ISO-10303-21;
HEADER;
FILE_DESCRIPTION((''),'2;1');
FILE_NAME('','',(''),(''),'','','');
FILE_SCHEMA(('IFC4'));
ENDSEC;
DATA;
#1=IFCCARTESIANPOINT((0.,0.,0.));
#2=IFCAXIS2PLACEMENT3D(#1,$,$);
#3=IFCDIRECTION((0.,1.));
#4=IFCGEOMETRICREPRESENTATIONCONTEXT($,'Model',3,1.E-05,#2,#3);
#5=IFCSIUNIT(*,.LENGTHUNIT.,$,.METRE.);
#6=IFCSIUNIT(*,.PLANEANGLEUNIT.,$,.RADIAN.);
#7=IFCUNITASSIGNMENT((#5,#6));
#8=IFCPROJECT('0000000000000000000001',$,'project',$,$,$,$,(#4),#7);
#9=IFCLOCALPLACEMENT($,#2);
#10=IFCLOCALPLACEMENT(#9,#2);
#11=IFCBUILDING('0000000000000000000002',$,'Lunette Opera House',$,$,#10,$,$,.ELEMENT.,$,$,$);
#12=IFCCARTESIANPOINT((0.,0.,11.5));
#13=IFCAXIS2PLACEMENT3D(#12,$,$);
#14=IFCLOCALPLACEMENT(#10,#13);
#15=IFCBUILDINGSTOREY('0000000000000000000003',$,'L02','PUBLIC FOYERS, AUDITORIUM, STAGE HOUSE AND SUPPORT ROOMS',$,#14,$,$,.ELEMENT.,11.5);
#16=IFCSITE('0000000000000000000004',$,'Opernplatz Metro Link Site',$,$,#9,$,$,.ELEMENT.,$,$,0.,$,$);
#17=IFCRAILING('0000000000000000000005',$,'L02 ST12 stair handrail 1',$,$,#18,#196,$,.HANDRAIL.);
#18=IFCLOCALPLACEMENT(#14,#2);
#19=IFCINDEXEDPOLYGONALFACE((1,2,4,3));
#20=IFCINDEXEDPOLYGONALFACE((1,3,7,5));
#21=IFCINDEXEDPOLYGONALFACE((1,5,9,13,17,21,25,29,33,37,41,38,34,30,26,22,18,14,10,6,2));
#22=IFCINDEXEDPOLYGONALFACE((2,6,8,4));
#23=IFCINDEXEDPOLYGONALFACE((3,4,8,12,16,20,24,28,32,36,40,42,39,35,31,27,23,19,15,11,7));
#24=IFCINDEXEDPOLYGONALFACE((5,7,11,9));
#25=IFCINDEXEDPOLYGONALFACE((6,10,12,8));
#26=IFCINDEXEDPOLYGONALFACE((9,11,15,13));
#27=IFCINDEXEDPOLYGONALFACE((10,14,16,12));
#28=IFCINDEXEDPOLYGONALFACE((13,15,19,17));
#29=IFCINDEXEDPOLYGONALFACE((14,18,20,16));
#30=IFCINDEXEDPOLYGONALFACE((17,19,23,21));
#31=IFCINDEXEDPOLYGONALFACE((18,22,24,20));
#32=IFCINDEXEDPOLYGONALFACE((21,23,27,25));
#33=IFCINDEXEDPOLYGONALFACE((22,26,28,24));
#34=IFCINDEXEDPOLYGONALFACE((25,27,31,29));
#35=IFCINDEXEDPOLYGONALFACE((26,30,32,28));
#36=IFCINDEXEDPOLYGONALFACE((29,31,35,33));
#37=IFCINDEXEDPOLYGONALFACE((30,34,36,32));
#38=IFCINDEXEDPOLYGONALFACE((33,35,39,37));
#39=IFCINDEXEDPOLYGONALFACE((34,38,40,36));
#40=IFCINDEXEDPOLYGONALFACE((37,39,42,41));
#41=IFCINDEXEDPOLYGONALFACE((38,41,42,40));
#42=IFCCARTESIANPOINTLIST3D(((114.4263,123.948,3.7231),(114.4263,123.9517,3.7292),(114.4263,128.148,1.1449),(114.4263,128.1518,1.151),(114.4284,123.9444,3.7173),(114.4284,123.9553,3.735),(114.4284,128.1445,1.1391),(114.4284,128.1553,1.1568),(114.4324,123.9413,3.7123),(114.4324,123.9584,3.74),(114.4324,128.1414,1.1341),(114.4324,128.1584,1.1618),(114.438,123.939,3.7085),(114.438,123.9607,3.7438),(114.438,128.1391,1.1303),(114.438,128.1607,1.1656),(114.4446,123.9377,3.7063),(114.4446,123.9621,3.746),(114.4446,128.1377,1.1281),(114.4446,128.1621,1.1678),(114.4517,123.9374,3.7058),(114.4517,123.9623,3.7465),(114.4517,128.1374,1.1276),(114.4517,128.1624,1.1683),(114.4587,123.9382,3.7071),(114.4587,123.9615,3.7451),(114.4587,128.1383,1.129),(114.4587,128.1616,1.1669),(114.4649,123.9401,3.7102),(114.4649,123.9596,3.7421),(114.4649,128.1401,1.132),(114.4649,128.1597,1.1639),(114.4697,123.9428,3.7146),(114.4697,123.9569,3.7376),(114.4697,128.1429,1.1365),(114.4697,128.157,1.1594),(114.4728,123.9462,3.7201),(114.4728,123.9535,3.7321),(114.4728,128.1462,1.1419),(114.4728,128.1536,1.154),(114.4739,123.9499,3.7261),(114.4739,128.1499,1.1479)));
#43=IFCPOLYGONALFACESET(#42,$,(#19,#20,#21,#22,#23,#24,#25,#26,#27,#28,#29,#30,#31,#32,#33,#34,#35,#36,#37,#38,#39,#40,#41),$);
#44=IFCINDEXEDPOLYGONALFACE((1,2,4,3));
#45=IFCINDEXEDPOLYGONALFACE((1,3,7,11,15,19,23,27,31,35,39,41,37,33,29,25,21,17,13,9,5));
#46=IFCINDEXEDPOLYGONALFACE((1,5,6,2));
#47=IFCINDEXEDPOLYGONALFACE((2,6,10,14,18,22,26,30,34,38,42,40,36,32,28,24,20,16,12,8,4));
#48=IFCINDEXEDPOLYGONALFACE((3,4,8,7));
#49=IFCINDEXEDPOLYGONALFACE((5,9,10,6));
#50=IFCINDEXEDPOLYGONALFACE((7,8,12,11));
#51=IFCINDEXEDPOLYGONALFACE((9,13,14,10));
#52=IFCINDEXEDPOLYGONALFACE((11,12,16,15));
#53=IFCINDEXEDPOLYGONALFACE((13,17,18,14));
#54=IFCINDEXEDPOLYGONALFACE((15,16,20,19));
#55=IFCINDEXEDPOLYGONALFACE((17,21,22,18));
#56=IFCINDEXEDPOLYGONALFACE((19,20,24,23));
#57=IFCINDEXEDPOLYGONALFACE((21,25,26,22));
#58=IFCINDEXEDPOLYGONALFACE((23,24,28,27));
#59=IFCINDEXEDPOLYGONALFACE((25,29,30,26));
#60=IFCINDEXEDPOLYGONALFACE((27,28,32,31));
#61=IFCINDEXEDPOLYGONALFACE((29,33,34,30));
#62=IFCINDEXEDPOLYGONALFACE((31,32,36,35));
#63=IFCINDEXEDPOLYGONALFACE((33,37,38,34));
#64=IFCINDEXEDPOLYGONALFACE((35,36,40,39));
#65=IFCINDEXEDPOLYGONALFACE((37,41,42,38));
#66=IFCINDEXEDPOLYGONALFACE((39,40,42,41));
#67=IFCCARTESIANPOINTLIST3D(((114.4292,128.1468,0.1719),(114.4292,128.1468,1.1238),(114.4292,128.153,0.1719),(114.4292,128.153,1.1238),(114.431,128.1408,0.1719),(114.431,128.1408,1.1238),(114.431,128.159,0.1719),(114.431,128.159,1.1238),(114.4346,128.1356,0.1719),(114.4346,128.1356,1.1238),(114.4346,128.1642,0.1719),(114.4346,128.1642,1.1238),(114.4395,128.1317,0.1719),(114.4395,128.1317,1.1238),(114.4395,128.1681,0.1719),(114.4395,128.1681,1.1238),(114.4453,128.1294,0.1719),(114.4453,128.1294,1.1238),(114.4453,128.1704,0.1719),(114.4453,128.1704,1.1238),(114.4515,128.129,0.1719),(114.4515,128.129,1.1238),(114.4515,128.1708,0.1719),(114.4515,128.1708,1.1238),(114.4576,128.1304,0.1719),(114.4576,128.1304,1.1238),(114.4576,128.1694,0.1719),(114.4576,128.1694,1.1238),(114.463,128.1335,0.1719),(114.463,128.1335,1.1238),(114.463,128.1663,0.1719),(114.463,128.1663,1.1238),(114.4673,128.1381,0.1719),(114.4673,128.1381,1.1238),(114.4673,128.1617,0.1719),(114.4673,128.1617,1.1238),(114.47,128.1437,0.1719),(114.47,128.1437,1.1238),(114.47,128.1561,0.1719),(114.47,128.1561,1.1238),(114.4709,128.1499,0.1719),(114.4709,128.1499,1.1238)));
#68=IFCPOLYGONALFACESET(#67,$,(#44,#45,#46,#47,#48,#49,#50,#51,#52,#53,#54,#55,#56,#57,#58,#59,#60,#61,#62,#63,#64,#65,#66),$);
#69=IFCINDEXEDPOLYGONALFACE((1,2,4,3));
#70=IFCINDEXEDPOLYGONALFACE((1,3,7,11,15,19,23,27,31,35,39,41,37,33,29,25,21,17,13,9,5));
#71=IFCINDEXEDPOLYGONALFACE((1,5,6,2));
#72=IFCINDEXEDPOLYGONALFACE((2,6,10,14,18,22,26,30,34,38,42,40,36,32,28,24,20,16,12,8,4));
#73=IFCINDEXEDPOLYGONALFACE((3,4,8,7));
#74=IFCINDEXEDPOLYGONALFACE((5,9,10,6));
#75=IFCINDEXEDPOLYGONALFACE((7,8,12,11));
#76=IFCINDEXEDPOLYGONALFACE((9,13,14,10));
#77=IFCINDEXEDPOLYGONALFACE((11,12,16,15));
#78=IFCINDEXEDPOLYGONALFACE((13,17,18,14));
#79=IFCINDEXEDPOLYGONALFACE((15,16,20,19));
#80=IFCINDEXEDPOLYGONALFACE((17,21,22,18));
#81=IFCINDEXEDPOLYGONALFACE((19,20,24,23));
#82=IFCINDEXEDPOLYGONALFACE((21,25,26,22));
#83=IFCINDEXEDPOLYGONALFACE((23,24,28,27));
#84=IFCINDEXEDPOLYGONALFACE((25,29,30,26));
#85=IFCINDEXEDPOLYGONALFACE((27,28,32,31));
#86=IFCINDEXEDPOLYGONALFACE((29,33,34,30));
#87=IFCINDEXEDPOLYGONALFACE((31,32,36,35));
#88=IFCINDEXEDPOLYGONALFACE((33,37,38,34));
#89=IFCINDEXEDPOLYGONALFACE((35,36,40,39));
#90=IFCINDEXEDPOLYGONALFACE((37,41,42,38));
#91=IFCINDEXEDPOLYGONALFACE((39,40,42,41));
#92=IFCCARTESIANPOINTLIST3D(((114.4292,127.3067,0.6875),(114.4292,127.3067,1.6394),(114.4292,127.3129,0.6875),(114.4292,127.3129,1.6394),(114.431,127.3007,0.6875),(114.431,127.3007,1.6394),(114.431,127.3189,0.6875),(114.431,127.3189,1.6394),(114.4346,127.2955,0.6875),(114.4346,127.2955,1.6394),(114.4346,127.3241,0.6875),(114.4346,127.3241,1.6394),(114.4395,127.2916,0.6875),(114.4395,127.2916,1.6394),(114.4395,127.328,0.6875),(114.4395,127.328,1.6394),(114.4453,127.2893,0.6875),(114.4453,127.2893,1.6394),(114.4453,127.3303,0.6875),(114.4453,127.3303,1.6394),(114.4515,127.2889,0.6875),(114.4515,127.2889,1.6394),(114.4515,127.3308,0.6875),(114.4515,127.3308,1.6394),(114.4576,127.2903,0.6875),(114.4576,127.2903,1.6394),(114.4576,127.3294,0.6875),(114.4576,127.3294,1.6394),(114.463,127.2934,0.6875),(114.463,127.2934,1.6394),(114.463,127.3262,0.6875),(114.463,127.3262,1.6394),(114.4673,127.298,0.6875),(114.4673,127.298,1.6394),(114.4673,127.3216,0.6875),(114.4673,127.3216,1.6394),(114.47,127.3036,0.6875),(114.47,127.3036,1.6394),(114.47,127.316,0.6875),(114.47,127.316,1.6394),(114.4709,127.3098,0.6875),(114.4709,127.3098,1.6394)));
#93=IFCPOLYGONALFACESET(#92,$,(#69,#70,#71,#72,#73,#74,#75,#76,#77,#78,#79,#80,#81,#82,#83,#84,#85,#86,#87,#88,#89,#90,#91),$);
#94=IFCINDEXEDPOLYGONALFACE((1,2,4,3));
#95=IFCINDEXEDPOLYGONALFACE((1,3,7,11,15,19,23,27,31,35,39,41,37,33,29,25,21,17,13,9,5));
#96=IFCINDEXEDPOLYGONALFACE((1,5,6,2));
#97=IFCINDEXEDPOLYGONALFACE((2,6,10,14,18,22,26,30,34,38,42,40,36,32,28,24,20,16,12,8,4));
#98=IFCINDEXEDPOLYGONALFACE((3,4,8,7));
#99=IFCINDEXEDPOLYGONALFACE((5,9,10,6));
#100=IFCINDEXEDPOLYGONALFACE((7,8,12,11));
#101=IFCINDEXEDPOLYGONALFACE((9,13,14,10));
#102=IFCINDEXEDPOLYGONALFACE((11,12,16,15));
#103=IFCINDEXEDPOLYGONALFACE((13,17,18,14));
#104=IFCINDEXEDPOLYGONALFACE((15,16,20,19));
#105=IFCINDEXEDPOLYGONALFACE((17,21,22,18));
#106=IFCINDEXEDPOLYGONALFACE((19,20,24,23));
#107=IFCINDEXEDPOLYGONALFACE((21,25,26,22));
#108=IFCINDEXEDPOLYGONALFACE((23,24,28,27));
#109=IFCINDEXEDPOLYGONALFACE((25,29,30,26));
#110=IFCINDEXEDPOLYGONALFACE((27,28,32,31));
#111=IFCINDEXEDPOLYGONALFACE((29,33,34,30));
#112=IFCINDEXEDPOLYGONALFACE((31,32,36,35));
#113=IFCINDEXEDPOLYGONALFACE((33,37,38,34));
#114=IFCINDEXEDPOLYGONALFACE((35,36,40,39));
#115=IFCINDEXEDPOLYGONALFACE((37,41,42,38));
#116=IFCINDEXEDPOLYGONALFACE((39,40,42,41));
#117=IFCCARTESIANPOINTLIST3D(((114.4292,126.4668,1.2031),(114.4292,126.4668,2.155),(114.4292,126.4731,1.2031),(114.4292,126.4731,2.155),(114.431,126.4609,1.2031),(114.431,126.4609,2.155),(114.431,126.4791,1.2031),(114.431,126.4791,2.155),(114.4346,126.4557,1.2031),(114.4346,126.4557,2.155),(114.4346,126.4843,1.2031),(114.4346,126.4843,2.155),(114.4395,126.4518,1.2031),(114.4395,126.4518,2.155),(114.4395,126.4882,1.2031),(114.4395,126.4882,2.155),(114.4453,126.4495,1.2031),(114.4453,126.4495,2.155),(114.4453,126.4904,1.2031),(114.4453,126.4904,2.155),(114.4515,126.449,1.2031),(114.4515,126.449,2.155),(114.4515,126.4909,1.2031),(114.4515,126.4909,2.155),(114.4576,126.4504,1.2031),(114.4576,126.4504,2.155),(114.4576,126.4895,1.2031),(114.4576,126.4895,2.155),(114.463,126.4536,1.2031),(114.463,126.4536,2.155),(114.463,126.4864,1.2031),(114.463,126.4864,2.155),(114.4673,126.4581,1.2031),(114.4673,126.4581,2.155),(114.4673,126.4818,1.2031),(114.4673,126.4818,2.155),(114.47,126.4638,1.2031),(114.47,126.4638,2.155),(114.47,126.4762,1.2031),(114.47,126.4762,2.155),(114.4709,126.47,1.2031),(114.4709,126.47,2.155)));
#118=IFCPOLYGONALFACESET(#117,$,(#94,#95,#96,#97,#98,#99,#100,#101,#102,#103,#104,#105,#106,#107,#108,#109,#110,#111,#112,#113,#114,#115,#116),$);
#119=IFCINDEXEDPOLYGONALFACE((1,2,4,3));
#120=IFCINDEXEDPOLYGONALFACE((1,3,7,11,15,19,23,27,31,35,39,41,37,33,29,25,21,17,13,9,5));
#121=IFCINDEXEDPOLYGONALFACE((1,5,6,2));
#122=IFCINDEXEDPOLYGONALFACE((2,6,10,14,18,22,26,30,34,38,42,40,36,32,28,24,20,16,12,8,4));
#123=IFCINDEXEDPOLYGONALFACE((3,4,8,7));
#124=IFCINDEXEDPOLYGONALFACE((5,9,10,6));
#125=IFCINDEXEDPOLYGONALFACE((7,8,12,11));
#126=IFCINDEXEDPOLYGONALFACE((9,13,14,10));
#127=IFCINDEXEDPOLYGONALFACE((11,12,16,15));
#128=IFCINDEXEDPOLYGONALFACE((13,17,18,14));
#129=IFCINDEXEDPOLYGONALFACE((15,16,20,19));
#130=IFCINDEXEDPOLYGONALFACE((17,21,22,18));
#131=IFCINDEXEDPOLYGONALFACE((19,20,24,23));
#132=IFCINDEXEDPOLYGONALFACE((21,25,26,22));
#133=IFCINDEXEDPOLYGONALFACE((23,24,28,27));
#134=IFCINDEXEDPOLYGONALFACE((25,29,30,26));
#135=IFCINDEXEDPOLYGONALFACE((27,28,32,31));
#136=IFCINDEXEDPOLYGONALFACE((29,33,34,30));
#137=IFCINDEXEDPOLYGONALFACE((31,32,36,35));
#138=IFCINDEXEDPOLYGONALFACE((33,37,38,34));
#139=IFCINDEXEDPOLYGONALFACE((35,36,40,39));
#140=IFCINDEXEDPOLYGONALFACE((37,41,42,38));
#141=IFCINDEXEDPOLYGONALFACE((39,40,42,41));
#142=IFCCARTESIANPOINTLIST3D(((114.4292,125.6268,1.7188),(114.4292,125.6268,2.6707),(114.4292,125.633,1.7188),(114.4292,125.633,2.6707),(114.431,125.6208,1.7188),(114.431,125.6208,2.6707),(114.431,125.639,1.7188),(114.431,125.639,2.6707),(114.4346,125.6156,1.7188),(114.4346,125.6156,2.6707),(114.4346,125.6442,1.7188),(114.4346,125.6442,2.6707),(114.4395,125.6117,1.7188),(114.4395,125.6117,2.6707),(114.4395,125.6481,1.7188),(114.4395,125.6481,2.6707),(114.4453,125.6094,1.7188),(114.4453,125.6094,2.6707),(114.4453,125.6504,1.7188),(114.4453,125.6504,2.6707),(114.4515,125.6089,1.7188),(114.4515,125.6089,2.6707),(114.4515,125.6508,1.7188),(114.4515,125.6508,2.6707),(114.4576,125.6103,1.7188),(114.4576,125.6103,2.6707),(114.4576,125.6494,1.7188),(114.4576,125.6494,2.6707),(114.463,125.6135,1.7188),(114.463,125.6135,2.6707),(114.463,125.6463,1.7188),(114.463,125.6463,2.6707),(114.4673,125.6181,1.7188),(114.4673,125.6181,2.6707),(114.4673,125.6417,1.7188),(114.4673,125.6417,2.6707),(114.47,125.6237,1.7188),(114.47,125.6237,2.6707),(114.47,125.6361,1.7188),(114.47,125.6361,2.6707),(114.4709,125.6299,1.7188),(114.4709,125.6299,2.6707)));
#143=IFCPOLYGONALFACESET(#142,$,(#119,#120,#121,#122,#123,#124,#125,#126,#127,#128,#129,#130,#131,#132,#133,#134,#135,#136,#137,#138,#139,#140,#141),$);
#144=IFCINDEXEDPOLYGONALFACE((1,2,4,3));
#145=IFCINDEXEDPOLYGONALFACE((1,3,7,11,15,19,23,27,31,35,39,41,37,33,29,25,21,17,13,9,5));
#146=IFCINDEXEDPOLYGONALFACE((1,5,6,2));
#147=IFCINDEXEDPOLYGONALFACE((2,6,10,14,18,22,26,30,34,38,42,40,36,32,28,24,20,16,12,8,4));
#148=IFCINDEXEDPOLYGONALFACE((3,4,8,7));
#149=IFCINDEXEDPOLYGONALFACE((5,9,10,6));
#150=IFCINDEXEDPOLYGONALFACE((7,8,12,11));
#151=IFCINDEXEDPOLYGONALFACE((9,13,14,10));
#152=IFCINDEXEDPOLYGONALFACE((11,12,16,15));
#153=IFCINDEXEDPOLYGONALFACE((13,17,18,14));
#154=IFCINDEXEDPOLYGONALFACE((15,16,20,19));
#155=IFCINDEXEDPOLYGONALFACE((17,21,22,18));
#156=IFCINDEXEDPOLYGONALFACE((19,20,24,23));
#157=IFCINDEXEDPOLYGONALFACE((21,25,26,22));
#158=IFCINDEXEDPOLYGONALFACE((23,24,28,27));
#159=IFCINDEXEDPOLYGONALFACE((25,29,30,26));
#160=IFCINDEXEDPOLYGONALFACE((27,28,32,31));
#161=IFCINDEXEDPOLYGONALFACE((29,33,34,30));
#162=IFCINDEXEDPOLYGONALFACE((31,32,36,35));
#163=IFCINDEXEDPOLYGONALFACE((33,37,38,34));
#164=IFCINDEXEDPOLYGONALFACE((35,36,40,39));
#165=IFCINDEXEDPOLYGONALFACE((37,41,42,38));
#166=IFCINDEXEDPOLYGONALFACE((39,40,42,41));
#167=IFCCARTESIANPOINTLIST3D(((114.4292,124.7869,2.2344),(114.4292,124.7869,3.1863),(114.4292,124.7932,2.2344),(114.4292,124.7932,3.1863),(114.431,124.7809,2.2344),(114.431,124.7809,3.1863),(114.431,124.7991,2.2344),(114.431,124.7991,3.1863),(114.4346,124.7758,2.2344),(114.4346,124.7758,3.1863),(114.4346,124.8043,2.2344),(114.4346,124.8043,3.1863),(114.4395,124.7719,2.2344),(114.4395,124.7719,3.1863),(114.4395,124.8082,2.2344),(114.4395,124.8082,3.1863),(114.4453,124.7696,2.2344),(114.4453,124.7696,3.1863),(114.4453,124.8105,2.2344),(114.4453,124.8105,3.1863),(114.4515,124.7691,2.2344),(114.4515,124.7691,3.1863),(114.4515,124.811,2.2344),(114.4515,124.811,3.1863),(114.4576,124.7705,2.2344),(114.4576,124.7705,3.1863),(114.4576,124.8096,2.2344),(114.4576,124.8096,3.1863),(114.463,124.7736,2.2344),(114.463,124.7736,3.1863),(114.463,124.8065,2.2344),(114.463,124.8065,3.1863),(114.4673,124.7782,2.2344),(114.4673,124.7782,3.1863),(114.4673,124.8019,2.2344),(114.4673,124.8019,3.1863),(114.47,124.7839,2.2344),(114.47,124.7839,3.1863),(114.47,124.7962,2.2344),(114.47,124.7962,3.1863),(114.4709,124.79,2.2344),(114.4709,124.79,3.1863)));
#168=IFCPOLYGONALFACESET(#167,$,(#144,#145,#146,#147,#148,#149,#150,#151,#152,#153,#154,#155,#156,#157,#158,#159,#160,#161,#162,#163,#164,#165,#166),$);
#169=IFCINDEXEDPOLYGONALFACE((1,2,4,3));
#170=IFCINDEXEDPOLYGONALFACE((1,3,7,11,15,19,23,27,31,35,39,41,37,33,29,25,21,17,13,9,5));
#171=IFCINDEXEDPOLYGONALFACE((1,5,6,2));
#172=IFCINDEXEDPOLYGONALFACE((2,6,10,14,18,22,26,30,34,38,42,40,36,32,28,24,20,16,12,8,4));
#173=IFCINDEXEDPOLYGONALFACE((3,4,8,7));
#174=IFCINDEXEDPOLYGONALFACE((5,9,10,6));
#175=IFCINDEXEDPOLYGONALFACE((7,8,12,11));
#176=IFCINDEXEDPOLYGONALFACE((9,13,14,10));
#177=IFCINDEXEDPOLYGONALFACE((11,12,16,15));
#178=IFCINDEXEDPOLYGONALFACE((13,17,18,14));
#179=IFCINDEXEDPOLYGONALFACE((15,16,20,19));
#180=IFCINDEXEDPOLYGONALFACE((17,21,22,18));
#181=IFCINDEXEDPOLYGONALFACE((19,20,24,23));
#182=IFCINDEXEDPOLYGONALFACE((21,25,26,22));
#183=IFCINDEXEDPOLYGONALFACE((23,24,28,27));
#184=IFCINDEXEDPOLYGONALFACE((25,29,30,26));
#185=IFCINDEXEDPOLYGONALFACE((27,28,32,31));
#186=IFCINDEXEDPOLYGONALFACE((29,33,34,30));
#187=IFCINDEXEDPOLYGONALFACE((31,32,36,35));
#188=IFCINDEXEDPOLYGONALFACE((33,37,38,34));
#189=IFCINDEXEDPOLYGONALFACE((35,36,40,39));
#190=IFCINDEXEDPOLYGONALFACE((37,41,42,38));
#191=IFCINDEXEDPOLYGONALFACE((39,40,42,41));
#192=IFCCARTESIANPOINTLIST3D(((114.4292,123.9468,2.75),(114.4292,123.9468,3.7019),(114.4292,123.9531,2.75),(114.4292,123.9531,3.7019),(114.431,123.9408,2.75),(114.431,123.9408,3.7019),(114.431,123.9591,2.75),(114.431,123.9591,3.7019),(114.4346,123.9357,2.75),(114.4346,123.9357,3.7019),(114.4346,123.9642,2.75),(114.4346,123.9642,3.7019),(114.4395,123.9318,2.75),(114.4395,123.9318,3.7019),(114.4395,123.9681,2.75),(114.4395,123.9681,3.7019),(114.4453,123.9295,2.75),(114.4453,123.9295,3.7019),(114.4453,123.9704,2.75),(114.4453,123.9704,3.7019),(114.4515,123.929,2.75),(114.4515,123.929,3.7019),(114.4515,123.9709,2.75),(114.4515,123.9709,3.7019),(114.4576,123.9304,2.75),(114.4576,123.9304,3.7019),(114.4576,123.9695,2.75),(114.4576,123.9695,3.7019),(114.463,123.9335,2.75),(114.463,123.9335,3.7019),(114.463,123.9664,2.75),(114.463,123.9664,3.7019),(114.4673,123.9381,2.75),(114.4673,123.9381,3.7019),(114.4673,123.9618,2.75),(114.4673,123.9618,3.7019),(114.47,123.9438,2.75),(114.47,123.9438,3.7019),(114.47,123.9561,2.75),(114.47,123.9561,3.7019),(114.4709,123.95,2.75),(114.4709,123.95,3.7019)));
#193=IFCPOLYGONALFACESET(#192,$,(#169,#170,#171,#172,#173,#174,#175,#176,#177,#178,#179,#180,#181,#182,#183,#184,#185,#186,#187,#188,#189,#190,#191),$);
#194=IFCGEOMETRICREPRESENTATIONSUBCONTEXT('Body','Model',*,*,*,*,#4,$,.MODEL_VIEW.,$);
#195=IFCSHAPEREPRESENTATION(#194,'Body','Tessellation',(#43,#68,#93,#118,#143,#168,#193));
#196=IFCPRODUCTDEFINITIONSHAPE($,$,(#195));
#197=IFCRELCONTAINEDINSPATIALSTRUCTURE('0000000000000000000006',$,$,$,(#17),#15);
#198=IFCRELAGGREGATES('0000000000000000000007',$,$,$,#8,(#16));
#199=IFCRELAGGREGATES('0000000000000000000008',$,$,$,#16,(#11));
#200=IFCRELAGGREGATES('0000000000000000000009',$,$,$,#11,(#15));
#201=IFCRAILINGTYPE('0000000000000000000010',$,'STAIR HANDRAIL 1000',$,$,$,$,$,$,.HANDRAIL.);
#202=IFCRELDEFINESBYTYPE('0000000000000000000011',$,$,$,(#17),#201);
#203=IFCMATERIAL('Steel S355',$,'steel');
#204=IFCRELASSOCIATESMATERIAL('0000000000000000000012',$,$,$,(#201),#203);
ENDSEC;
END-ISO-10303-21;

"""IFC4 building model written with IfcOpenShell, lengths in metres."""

from ifc_helpers import new_model, si_unit, direction, frame, origin, origin_2d, place, context, subcontext, project, spatial, circle, extrude, material, type_object, element, save


model = new_model("IFC4")

# Units and contexts
model_context = context("Model", 3, precision=1e-05, world=origin(), true_north=direction((0.0, 1.0)))
body_context = subcontext(model_context, "Body", "Model", "MODEL_VIEW")
ifc_project = project(units=[si_unit("LENGTHUNIT", "METRE"), si_unit("PLANEANGLEUNIT", "RADIAN")], contexts=[model_context])

# Site, building, storey
site_placement = place(None, origin())
site = spatial("IfcSite", under=ifc_project, at=site_placement, Name="Opernplatz Metro Link Site", CompositionType="ELEMENT", RefElevation=0.0)
building_placement = place(site_placement, origin())
building = spatial("IfcBuilding", under=site, at=building_placement, Name="Lunette Opera House", CompositionType="ELEMENT")
storey_placement = place(building_placement, frame((0.0, 0.0, 11.5)))
storey = spatial("IfcBuildingStorey", under=building, at=storey_placement, Name="L02", Description="PUBLIC FOYERS, AUDITORIUM, STAGE HOUSE AND SUPPORT ROOMS", CompositionType="ELEMENT", Elevation=11.5)

# Railing
ifc_material_1 = material(Name="Steel S355", Category="steel")
railing_type_1 = type_object("IfcRailingType", Name="STAIR HANDRAIL 1000", PredefinedType="HANDRAIL", material=ifc_material_1)
railing_1_placement = place(storey_placement, frame((114.45, 128.1499, 0.1719)))
element("IfcRailing", 1, at=railing_1_placement, inside=storey, type_object=railing_type_1, Name="L02 ST12 stair handrail 1", PredefinedType="HANDRAIL", context=body_context, shape_type="SweptSolid", body=[
    extrude(circle(Radius=0.0239, at=origin_2d()), frame((0.0, 0.0, 0.9761), z_axis=(0.0, -0.852243, 0.523146), x_axis=(1.0, 0.0, 0.0)), (0.0, 0.0, 1.0), 4.9282),
    extrude(circle(Radius=0.021, at=origin_2d()), origin(), (0.0, 0.0, 1.0), 0.9519),
    extrude(circle(Radius=0.021, at=origin_2d()), frame((0.0, -0.8401, 0.5156)), (0.0, 0.0, 1.0), 0.9519),
    extrude(circle(Radius=0.021, at=origin_2d()), frame((0.0, -1.6799, 1.0312)), (0.0, 0.0, 1.0), 0.9519),
    extrude(circle(Radius=0.021, at=origin_2d()), frame((0.0, -2.52, 1.5469)), (0.0, 0.0, 1.0), 0.9519),
    extrude(circle(Radius=0.021, at=origin_2d()), frame((0.0, -3.3599, 2.0625)), (0.0, 0.0, 1.0), 0.9519),
    extrude(circle(Radius=0.021, at=origin_2d()), frame((0.0, -4.2, 2.5781)), (0.0, 0.0, 1.0), 0.9519),
])

save(model, "model.ifc")
